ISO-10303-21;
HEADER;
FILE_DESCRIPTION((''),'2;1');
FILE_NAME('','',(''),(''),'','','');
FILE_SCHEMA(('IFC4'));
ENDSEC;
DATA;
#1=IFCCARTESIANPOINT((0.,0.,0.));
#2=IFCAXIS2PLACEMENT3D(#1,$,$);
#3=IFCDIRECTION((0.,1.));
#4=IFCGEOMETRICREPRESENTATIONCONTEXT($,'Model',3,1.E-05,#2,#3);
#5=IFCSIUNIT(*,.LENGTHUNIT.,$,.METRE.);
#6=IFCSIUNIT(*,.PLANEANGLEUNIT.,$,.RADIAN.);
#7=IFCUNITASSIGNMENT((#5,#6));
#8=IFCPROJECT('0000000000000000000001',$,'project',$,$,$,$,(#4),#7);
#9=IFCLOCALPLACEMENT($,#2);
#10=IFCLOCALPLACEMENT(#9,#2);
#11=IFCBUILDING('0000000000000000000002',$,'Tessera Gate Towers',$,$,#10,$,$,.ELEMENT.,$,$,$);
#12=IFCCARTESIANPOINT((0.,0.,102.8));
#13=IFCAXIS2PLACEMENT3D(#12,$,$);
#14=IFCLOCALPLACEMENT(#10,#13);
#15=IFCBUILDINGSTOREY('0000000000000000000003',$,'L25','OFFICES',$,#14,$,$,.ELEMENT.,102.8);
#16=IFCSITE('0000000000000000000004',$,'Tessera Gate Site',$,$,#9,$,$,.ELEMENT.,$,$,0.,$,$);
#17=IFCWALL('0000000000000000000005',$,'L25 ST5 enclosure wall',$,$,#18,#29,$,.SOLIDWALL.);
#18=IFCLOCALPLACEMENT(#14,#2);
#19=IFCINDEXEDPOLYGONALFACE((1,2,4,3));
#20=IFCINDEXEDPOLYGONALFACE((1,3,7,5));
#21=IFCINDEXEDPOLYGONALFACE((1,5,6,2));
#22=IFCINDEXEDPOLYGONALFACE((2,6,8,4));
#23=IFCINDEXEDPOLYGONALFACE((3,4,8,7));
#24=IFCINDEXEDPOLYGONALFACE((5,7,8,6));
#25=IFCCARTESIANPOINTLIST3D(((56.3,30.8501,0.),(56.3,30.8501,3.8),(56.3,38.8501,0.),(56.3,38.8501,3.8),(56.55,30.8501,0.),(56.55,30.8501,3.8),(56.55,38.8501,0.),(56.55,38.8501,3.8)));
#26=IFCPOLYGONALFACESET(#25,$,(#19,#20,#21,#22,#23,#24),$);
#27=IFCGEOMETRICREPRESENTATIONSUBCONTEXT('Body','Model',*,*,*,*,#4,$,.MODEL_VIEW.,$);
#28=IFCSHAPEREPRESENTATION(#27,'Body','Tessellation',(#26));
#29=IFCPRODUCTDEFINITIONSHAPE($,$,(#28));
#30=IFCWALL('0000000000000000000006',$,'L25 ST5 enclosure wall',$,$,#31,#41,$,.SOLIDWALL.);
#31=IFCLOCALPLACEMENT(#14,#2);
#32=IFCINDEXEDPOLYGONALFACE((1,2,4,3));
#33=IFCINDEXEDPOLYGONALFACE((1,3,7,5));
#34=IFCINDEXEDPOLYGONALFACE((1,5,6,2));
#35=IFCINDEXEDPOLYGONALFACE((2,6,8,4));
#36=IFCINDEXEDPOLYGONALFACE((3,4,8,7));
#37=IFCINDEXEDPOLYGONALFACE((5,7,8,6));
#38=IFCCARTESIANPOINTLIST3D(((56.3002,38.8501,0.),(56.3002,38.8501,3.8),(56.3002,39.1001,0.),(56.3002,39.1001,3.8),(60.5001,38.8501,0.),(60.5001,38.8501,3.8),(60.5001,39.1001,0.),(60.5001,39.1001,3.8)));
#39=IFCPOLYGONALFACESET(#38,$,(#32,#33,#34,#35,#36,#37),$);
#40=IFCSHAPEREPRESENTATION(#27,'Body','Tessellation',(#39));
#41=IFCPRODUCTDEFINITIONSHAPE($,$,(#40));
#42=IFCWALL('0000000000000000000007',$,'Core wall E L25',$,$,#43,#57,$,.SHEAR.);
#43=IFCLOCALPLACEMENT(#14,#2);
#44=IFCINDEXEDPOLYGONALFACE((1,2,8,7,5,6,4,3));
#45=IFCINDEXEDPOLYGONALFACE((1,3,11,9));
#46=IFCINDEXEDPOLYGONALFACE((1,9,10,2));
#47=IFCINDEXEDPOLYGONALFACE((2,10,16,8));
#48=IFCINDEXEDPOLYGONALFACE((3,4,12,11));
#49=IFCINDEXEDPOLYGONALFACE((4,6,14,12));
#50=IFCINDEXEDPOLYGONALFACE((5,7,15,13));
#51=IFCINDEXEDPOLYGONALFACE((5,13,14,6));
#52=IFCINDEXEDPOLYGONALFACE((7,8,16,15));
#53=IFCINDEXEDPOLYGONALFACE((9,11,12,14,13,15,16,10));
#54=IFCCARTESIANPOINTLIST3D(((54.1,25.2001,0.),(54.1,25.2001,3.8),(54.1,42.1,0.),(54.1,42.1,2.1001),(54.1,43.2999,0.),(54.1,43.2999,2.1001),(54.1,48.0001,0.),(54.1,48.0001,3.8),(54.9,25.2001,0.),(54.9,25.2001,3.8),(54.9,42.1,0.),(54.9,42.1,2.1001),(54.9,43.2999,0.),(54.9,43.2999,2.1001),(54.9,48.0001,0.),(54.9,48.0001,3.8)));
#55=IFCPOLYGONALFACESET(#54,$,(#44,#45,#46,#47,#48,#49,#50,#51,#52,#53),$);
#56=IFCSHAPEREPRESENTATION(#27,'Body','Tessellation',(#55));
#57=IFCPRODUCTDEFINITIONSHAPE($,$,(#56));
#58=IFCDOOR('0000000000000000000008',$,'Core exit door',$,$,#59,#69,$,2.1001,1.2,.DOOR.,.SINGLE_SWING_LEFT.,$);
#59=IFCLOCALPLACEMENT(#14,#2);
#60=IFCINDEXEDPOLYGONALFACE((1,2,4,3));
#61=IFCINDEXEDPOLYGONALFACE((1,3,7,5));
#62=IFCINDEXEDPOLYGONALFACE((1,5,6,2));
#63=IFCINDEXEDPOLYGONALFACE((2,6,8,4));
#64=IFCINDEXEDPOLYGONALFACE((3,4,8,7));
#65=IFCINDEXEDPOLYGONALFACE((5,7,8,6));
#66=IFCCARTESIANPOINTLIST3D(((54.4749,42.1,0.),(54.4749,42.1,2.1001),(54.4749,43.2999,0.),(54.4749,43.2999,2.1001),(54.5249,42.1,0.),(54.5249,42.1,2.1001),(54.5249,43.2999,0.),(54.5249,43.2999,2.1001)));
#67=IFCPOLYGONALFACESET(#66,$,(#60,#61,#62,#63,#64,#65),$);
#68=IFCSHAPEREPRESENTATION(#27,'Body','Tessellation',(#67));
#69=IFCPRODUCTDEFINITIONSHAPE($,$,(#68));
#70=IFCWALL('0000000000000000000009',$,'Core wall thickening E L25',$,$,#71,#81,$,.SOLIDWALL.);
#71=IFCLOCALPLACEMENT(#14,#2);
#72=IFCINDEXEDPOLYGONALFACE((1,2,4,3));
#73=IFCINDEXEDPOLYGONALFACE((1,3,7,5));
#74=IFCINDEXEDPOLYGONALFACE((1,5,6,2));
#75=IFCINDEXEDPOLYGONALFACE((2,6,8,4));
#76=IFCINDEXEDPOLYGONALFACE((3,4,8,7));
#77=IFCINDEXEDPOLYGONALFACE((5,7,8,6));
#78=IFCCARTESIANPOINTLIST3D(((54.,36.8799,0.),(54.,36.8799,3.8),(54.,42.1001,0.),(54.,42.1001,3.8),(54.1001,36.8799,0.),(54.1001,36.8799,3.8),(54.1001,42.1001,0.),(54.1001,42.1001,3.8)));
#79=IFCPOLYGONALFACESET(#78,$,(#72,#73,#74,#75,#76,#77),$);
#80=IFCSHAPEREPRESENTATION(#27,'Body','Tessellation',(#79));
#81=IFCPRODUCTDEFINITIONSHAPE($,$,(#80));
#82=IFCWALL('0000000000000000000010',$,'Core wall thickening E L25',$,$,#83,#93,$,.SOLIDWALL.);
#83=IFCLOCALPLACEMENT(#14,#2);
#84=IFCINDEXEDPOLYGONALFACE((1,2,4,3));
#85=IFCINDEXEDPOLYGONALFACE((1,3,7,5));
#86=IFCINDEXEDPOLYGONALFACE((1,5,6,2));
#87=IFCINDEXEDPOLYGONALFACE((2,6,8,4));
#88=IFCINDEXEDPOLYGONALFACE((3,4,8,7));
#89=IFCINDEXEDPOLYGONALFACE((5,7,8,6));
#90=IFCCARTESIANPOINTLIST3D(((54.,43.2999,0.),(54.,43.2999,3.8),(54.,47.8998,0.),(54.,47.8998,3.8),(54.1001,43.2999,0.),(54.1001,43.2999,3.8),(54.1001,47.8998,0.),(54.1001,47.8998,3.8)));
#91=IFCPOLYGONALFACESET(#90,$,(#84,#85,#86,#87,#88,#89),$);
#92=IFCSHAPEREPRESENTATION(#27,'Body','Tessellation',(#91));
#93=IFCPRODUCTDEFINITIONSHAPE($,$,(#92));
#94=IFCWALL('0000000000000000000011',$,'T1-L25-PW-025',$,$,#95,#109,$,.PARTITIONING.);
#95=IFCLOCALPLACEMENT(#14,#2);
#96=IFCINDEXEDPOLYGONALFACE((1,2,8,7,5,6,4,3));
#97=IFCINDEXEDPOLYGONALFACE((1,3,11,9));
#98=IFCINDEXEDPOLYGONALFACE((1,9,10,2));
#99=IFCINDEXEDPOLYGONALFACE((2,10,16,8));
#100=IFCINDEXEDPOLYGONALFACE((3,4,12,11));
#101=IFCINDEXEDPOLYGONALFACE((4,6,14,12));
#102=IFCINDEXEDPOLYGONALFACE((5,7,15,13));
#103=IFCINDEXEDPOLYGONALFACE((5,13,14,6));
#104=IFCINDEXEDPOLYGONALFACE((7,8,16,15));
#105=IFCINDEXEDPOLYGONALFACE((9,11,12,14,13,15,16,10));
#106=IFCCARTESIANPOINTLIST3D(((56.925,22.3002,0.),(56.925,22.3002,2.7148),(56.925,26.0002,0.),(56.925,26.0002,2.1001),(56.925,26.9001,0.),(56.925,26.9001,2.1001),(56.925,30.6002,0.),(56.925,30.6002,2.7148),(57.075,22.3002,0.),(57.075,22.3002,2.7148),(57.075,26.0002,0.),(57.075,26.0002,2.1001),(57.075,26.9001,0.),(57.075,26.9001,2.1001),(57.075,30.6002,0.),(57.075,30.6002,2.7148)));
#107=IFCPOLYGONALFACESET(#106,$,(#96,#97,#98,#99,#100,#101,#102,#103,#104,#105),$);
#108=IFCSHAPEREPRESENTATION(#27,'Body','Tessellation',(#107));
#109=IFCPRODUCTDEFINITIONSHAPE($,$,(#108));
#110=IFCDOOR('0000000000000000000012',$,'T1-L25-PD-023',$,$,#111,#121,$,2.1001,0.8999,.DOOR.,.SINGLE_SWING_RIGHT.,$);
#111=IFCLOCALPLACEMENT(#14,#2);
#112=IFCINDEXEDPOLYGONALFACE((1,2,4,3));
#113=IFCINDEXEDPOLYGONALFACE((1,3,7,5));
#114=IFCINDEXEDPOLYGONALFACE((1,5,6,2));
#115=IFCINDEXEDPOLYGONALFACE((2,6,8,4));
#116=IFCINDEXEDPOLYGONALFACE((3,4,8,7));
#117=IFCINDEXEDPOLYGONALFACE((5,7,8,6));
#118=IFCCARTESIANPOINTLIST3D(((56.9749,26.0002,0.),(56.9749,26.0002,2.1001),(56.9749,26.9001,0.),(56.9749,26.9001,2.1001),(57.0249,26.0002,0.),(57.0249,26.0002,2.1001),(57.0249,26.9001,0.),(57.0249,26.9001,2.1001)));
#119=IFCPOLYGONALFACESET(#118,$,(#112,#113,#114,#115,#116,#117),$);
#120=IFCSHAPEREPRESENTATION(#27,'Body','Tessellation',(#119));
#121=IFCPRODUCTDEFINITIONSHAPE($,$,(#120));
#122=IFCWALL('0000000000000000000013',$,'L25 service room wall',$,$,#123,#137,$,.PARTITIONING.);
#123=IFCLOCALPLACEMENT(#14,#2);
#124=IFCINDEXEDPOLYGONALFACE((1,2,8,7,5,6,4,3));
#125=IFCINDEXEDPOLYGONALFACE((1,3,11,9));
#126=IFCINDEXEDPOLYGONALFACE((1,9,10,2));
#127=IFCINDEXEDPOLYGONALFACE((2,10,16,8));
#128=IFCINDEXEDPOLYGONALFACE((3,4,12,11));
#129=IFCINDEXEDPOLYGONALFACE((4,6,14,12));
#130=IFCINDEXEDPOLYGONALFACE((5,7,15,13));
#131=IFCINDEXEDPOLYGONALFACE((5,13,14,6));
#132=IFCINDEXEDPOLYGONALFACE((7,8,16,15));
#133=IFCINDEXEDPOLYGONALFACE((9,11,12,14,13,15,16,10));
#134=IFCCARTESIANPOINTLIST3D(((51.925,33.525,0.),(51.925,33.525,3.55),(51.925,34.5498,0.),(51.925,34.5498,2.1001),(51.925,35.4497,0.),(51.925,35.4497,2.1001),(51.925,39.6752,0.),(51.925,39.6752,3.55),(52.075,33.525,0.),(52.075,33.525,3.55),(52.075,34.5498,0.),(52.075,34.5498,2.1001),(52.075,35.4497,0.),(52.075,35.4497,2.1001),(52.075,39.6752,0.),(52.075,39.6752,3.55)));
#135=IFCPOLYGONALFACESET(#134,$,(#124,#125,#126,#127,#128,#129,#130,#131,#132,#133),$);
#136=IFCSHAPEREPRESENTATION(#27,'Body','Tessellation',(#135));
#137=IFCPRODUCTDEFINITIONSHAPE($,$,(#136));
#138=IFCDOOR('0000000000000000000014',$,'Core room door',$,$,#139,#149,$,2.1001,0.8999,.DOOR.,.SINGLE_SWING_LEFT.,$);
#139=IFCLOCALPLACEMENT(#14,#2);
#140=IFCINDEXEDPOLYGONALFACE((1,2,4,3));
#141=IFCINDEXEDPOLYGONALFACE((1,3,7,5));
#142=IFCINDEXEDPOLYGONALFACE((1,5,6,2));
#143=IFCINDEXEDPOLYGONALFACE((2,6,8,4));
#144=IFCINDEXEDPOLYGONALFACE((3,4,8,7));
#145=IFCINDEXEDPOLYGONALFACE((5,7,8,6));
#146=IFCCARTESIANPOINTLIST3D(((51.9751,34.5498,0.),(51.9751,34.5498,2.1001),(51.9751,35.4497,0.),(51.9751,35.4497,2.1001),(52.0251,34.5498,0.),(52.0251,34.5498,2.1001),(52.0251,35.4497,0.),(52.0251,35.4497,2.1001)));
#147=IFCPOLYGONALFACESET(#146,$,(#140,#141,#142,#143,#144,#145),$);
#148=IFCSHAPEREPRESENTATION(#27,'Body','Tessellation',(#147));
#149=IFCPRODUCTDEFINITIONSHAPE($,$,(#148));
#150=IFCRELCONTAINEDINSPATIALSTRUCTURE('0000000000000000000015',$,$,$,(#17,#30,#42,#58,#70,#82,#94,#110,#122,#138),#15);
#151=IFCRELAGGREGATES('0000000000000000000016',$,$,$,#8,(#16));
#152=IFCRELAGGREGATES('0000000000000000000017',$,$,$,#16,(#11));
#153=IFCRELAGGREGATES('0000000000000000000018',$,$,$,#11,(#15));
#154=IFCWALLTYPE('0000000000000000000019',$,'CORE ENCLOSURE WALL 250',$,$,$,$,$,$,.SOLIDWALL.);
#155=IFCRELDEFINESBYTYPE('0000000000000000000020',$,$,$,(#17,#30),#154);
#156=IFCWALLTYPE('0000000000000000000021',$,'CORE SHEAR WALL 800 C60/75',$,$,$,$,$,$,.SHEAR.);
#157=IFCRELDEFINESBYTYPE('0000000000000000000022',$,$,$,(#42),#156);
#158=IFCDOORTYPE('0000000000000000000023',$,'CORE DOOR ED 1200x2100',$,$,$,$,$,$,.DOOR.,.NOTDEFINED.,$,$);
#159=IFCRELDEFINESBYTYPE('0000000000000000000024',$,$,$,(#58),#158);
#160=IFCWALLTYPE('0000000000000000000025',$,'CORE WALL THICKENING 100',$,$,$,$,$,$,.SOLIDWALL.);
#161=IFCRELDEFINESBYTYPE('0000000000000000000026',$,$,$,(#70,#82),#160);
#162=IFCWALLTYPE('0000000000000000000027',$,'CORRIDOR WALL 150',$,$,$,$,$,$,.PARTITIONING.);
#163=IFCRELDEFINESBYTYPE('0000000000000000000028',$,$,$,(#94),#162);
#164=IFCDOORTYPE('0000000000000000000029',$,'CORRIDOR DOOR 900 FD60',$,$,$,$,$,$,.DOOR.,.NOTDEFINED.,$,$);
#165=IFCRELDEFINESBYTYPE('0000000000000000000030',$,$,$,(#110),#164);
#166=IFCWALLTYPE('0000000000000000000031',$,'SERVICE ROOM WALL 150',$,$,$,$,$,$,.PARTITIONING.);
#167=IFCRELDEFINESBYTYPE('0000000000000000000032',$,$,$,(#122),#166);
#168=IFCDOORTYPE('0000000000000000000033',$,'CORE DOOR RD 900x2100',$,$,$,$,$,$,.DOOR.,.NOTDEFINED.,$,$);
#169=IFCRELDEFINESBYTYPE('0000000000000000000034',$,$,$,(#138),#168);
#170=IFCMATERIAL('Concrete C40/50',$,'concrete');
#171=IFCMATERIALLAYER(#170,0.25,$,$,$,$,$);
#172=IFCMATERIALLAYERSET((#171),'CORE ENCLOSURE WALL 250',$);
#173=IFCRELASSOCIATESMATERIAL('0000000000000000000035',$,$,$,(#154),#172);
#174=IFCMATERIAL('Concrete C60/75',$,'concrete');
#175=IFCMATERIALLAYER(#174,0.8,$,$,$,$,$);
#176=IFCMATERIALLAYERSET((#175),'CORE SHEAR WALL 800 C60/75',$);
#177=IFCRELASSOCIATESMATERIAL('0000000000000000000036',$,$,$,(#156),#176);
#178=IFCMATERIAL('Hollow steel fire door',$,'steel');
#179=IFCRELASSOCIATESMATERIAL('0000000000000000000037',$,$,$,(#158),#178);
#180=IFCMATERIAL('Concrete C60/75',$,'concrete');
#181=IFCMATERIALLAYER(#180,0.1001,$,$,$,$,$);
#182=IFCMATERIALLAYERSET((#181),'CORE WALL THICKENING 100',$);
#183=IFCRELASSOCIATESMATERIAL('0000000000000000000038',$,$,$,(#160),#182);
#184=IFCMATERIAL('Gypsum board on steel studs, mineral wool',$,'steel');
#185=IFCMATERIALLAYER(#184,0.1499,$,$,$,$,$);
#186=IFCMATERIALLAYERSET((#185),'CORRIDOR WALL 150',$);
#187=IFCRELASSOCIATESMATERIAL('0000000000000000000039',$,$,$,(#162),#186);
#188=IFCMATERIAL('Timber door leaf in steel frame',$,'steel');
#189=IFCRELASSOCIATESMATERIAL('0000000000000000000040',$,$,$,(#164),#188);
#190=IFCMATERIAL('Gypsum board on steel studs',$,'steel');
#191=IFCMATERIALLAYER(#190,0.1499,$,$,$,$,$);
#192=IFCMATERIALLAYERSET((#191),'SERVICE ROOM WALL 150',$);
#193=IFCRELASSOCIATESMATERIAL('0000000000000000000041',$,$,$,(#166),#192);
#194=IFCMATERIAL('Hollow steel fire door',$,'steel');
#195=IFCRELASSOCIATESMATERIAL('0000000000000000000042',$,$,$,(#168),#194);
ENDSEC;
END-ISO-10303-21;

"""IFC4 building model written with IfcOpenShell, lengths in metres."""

from ifc_helpers import new_model, si_unit, direction, frame, frame_2d, origin, place, context, subcontext, project, spatial, rectangle, extrude, source, transform, mapped, material, layer, layer_set, type_object, element, fill, save


model = new_model("IFC4")

# Units and contexts
model_context = context("Model", 3, precision=1e-05, world=origin(), true_north=direction((0.0, 1.0)))
body_context = subcontext(model_context, "Body", "Model", "MODEL_VIEW")
ifc_project = project(units=[si_unit("LENGTHUNIT", "METRE"), si_unit("PLANEANGLEUNIT", "RADIAN")], contexts=[model_context])

# Site, building, storey
site_placement = place(None, origin())
site = spatial("IfcSite", under=ifc_project, at=site_placement, Name="Tessera Gate Site", CompositionType="ELEMENT", RefElevation=0.0)
building_placement = place(site_placement, origin())
building = spatial("IfcBuilding", under=site, at=building_placement, Name="Tessera Gate Towers", CompositionType="ELEMENT")
storey_placement = place(building_placement, frame((0.0, 0.0, 102.8)))
storey = spatial("IfcBuildingStorey", under=building, at=storey_placement, Name="L25", Description="OFFICES", CompositionType="ELEMENT", Elevation=102.8)

# Shared definitions
ifc_material_1 = material(Name="Concrete C40/50", Category="concrete")
ifc_layer_1 = layer(ifc_material_1, 0.25)
ifc_layer_set_1 = layer_set([ifc_layer_1], Name="CORE ENCLOSURE WALL 250")
wall_type_1 = type_object("IfcWallType", Name="CORE ENCLOSURE WALL 250", PredefinedType="SOLIDWALL", material=ifc_layer_set_1)
shared_shape_1 = source(origin(), body_context, "Body", "SweptSolid", [
    extrude(rectangle(XDim=1.2, YDim=2.1001, at=frame_2d((0.6001, 1.05))), frame((0.0, 0.0249, 0.0), z_axis=(0.0, -1.0, 0.0), x_axis=(1.0, 0.0, 0.0)), (0.0, 0.0, 1.0), 0.05),
])

# Walls
wall_1_placement = place(storey_placement, frame((56.425, 30.8501, 0.0), z_axis=(0.0, 0.0, 1.0), x_axis=(0.0, 1.0, 0.0)))
element("IfcWall", 1, at=wall_1_placement, inside=storey, type_object=wall_type_1, Name="L25 ST5 enclosure wall", PredefinedType="SOLIDWALL", context=body_context, shape_type="SweptSolid", body=[
    extrude(rectangle(XDim=8.0, YDim=0.25, at=frame_2d((4.0, 0.0))), origin(), (0.0, 0.0, 1.0), 3.8),
])
wall_2_placement = place(storey_placement, frame((56.3, 38.9751, 0.0), z_axis=(0.0, 0.0, 1.0), x_axis=(1.0, 0.0, 0.0)))
element("IfcWall", 2, at=wall_2_placement, inside=storey, type_object=wall_type_1, Name="L25 ST5 enclosure wall", PredefinedType="SOLIDWALL", context=body_context, shape_type="SweptSolid", body=[
    extrude(rectangle(XDim=4.2, YDim=0.25, at=frame_2d((2.1001, 0.0))), origin(), (0.0, 0.0, 1.0), 3.8),
])

# Wall, opening, door
ifc_material_2 = material(Name="Concrete C60/75", Category="concrete")
ifc_layer_2 = layer(ifc_material_2, 0.8)
ifc_layer_set_2 = layer_set([ifc_layer_2], Name="CORE SHEAR WALL 800 C60/75")
wall_type_2 = type_object("IfcWallType", Name="CORE SHEAR WALL 800 C60/75", PredefinedType="SHEAR", material=ifc_layer_set_2)
wall_3_placement = place(storey_placement, frame((54.5, 48.0, 0.0), z_axis=(0.0, 0.0, 1.0), x_axis=(0.0, -1.0, 0.0)))
wall_3 = element("IfcWall", 3, at=wall_3_placement, inside=storey, type_object=wall_type_2, Name="Core wall E L25", PredefinedType="SHEAR", context=body_context, shape_type="SweptSolid", body=[
    extrude(rectangle(XDim=22.8, YDim=0.8, at=frame_2d((11.3999, 0.0))), origin(), (0.0, 0.0, 1.0), 3.8),
])
shared_shape_2 = source(origin(), body_context, "Body", "SweptSolid", [
    extrude(rectangle(XDim=1.2, YDim=2.1001, at=frame_2d((0.6001, 1.05))), frame((0.0, 0.4099, 0.0), z_axis=(0.0, -1.0, 0.0), x_axis=(1.0, 0.0, 0.0)), (0.0, 0.0, 1.0), 0.8201),
])
opening_1_placement = place(wall_3_placement, frame((4.7, 0.0, 0.0)))
opening_1 = element("IfcOpeningElement", 4, at=opening_1_placement, cuts=wall_3, PredefinedType="OPENING", context=body_context, shape_type="MappedRepresentation", body=[
    mapped(shared_shape_2, transform((0.0, 0.0, 0.0), scale=1.0)),
])
ifc_material_3 = material(Name="Hollow steel fire door", Category="steel")
door_type_1 = type_object("IfcDoorType", Name="CORE DOOR ED 1200x2100", OperationType="NOTDEFINED", PredefinedType="DOOR", material=ifc_material_3)
door_1_placement = place(opening_1_placement, origin())
door_1 = element("IfcDoor", 5, at=door_1_placement, inside=storey, type_object=door_type_1, Name="Core exit door", OperationType="SINGLE_SWING_LEFT", OverallHeight=2.1001, OverallWidth=1.2, PredefinedType="DOOR", context=body_context, shape_type="MappedRepresentation", body=[
    mapped(shared_shape_1, transform((0.0, 0.0, 0.0), scale=1.0)),
])
fill(opening_1, door_1)

# Walls
ifc_material_4 = material(Name="Concrete C60/75", Category="concrete")
ifc_layer_3 = layer(ifc_material_4, 0.1001)
ifc_layer_set_3 = layer_set([ifc_layer_3], Name="CORE WALL THICKENING 100")
wall_type_3 = type_object("IfcWallType", Name="CORE WALL THICKENING 100", PredefinedType="SOLIDWALL", material=ifc_layer_set_3)
wall_4_placement = place(storey_placement, frame((54.05, 36.8799, 0.0), z_axis=(0.0, 0.0, 1.0), x_axis=(0.0, 1.0, 0.0)))
element("IfcWall", 6, at=wall_4_placement, inside=storey, type_object=wall_type_3, Name="Core wall thickening E L25", PredefinedType="SOLIDWALL", context=body_context, shape_type="SweptSolid", body=[
    extrude(rectangle(XDim=5.2202, YDim=0.1001, at=frame_2d((2.6101, 0.0))), origin(), (0.0, 0.0, 1.0), 3.8),
])
wall_5_placement = place(storey_placement, frame((54.05, 43.3, 0.0), z_axis=(0.0, 0.0, 1.0), x_axis=(0.0, 1.0, 0.0)))
element("IfcWall", 7, at=wall_5_placement, inside=storey, type_object=wall_type_3, Name="Core wall thickening E L25", PredefinedType="SOLIDWALL", context=body_context, shape_type="SweptSolid", body=[
    extrude(rectangle(XDim=4.5999, YDim=0.1001, at=frame_2d((2.2998, 0.0))), origin(), (0.0, 0.0, 1.0), 3.8),
])

# Walls, openings, doors
ifc_material_5 = material(Name="Gypsum board on steel studs, mineral wool", Category="steel")
ifc_layer_4 = layer(ifc_material_5, 0.1499)
ifc_layer_set_4 = layer_set([ifc_layer_4], Name="CORRIDOR WALL 150")
wall_type_4 = type_object("IfcWallType", Name="CORRIDOR WALL 150", PredefinedType="PARTITIONING", material=ifc_layer_set_4)
wall_6_placement = place(storey_placement, frame((57.0, 30.6001, 0.0), z_axis=(0.0, 0.0, 1.0), x_axis=(0.0, -1.0, 0.0)))
wall_6 = element("IfcWall", 8, at=wall_6_placement, inside=storey, type_object=wall_type_4, Name="T1-L25-PW-025", PredefinedType="PARTITIONING", context=body_context, shape_type="SweptSolid", body=[
    extrude(rectangle(XDim=8.3, YDim=0.1499, at=frame_2d((4.1499, 0.0))), origin(), (0.0, 0.0, 1.0), 2.7148),
])
shared_shape_3 = source(origin(), body_context, "Body", "SweptSolid", [
    extrude(rectangle(XDim=0.8999, YDim=2.1001, at=frame_2d((0.45, 1.05))), frame((0.0, 0.085, 0.0), z_axis=(0.0, -1.0, 0.0), x_axis=(1.0, 0.0, 0.0)), (0.0, 0.0, 1.0), 0.1699),
])
opening_2_placement = place(wall_6_placement, frame((3.7, 0.0, 0.0)))
opening_2 = element("IfcOpeningElement", 9, at=opening_2_placement, cuts=wall_6, PredefinedType="OPENING", context=body_context, shape_type="MappedRepresentation", body=[
    mapped(shared_shape_3, transform((0.0, 0.0, 0.0), scale=1.0)),
])
ifc_material_6 = material(Name="Timber door leaf in steel frame", Category="steel")
door_type_2 = type_object("IfcDoorType", Name="CORRIDOR DOOR 900 FD60", OperationType="NOTDEFINED", PredefinedType="DOOR", material=ifc_material_6)
shared_shape_4 = source(origin(), body_context, "Body", "SweptSolid", [
    extrude(rectangle(XDim=0.8999, YDim=2.1001, at=frame_2d((0.45, 1.05))), frame((0.0, 0.0249, 0.0), z_axis=(0.0, -1.0, 0.0), x_axis=(1.0, 0.0, 0.0)), (0.0, 0.0, 1.0), 0.05),
])
door_2_placement = place(opening_2_placement, origin())
door_2 = element("IfcDoor", 10, at=door_2_placement, inside=storey, type_object=door_type_2, Name="T1-L25-PD-023", OperationType="SINGLE_SWING_RIGHT", OverallHeight=2.1001, OverallWidth=0.8999, PredefinedType="DOOR", context=body_context, shape_type="MappedRepresentation", body=[
    mapped(shared_shape_4, transform((0.0, 0.0, 0.0), scale=1.0)),
])
fill(opening_2, door_2)
ifc_material_7 = material(Name="Gypsum board on steel studs", Category="steel")
ifc_layer_5 = layer(ifc_material_7, 0.1499)
ifc_layer_set_5 = layer_set([ifc_layer_5], Name="SERVICE ROOM WALL 150")
wall_type_5 = type_object("IfcWallType", Name="SERVICE ROOM WALL 150", PredefinedType="PARTITIONING", material=ifc_layer_set_5)
wall_7_placement = place(storey_placement, frame((52.0, 33.5249, 0.0), z_axis=(0.0, 0.0, 1.0), x_axis=(0.0, 1.0, 0.0)))
wall_7 = element("IfcWall", 11, at=wall_7_placement, inside=storey, type_object=wall_type_5, Name="L25 service room wall", PredefinedType="PARTITIONING", context=body_context, shape_type="SweptSolid", body=[
    extrude(rectangle(XDim=6.1501, YDim=0.1499, at=frame_2d((3.0752, 0.0))), origin(), (0.0, 0.0, 1.0), 3.55),
])
opening_3_placement = place(wall_7_placement, frame((1.0249, 0.0, 0.0)))
opening_3 = element("IfcOpeningElement", 12, at=opening_3_placement, cuts=wall_7, PredefinedType="OPENING", context=body_context, shape_type="MappedRepresentation", body=[
    mapped(shared_shape_3, transform((0.0, 0.0, 0.0), scale=1.0)),
])
ifc_material_8 = material(Name="Hollow steel fire door", Category="steel")
door_type_3 = type_object("IfcDoorType", Name="CORE DOOR RD 900x2100", OperationType="NOTDEFINED", PredefinedType="DOOR", material=ifc_material_8)
door_3_placement = place(opening_3_placement, origin())
door_3 = element("IfcDoor", 13, at=door_3_placement, inside=storey, type_object=door_type_3, Name="Core room door", OperationType="SINGLE_SWING_LEFT", OverallHeight=2.1001, OverallWidth=0.8999, PredefinedType="DOOR", context=body_context, shape_type="MappedRepresentation", body=[
    mapped(shared_shape_4, transform((0.0, 0.0, 0.0), scale=1.0)),
])
fill(opening_3, door_3)

save(model, "model.ifc")
